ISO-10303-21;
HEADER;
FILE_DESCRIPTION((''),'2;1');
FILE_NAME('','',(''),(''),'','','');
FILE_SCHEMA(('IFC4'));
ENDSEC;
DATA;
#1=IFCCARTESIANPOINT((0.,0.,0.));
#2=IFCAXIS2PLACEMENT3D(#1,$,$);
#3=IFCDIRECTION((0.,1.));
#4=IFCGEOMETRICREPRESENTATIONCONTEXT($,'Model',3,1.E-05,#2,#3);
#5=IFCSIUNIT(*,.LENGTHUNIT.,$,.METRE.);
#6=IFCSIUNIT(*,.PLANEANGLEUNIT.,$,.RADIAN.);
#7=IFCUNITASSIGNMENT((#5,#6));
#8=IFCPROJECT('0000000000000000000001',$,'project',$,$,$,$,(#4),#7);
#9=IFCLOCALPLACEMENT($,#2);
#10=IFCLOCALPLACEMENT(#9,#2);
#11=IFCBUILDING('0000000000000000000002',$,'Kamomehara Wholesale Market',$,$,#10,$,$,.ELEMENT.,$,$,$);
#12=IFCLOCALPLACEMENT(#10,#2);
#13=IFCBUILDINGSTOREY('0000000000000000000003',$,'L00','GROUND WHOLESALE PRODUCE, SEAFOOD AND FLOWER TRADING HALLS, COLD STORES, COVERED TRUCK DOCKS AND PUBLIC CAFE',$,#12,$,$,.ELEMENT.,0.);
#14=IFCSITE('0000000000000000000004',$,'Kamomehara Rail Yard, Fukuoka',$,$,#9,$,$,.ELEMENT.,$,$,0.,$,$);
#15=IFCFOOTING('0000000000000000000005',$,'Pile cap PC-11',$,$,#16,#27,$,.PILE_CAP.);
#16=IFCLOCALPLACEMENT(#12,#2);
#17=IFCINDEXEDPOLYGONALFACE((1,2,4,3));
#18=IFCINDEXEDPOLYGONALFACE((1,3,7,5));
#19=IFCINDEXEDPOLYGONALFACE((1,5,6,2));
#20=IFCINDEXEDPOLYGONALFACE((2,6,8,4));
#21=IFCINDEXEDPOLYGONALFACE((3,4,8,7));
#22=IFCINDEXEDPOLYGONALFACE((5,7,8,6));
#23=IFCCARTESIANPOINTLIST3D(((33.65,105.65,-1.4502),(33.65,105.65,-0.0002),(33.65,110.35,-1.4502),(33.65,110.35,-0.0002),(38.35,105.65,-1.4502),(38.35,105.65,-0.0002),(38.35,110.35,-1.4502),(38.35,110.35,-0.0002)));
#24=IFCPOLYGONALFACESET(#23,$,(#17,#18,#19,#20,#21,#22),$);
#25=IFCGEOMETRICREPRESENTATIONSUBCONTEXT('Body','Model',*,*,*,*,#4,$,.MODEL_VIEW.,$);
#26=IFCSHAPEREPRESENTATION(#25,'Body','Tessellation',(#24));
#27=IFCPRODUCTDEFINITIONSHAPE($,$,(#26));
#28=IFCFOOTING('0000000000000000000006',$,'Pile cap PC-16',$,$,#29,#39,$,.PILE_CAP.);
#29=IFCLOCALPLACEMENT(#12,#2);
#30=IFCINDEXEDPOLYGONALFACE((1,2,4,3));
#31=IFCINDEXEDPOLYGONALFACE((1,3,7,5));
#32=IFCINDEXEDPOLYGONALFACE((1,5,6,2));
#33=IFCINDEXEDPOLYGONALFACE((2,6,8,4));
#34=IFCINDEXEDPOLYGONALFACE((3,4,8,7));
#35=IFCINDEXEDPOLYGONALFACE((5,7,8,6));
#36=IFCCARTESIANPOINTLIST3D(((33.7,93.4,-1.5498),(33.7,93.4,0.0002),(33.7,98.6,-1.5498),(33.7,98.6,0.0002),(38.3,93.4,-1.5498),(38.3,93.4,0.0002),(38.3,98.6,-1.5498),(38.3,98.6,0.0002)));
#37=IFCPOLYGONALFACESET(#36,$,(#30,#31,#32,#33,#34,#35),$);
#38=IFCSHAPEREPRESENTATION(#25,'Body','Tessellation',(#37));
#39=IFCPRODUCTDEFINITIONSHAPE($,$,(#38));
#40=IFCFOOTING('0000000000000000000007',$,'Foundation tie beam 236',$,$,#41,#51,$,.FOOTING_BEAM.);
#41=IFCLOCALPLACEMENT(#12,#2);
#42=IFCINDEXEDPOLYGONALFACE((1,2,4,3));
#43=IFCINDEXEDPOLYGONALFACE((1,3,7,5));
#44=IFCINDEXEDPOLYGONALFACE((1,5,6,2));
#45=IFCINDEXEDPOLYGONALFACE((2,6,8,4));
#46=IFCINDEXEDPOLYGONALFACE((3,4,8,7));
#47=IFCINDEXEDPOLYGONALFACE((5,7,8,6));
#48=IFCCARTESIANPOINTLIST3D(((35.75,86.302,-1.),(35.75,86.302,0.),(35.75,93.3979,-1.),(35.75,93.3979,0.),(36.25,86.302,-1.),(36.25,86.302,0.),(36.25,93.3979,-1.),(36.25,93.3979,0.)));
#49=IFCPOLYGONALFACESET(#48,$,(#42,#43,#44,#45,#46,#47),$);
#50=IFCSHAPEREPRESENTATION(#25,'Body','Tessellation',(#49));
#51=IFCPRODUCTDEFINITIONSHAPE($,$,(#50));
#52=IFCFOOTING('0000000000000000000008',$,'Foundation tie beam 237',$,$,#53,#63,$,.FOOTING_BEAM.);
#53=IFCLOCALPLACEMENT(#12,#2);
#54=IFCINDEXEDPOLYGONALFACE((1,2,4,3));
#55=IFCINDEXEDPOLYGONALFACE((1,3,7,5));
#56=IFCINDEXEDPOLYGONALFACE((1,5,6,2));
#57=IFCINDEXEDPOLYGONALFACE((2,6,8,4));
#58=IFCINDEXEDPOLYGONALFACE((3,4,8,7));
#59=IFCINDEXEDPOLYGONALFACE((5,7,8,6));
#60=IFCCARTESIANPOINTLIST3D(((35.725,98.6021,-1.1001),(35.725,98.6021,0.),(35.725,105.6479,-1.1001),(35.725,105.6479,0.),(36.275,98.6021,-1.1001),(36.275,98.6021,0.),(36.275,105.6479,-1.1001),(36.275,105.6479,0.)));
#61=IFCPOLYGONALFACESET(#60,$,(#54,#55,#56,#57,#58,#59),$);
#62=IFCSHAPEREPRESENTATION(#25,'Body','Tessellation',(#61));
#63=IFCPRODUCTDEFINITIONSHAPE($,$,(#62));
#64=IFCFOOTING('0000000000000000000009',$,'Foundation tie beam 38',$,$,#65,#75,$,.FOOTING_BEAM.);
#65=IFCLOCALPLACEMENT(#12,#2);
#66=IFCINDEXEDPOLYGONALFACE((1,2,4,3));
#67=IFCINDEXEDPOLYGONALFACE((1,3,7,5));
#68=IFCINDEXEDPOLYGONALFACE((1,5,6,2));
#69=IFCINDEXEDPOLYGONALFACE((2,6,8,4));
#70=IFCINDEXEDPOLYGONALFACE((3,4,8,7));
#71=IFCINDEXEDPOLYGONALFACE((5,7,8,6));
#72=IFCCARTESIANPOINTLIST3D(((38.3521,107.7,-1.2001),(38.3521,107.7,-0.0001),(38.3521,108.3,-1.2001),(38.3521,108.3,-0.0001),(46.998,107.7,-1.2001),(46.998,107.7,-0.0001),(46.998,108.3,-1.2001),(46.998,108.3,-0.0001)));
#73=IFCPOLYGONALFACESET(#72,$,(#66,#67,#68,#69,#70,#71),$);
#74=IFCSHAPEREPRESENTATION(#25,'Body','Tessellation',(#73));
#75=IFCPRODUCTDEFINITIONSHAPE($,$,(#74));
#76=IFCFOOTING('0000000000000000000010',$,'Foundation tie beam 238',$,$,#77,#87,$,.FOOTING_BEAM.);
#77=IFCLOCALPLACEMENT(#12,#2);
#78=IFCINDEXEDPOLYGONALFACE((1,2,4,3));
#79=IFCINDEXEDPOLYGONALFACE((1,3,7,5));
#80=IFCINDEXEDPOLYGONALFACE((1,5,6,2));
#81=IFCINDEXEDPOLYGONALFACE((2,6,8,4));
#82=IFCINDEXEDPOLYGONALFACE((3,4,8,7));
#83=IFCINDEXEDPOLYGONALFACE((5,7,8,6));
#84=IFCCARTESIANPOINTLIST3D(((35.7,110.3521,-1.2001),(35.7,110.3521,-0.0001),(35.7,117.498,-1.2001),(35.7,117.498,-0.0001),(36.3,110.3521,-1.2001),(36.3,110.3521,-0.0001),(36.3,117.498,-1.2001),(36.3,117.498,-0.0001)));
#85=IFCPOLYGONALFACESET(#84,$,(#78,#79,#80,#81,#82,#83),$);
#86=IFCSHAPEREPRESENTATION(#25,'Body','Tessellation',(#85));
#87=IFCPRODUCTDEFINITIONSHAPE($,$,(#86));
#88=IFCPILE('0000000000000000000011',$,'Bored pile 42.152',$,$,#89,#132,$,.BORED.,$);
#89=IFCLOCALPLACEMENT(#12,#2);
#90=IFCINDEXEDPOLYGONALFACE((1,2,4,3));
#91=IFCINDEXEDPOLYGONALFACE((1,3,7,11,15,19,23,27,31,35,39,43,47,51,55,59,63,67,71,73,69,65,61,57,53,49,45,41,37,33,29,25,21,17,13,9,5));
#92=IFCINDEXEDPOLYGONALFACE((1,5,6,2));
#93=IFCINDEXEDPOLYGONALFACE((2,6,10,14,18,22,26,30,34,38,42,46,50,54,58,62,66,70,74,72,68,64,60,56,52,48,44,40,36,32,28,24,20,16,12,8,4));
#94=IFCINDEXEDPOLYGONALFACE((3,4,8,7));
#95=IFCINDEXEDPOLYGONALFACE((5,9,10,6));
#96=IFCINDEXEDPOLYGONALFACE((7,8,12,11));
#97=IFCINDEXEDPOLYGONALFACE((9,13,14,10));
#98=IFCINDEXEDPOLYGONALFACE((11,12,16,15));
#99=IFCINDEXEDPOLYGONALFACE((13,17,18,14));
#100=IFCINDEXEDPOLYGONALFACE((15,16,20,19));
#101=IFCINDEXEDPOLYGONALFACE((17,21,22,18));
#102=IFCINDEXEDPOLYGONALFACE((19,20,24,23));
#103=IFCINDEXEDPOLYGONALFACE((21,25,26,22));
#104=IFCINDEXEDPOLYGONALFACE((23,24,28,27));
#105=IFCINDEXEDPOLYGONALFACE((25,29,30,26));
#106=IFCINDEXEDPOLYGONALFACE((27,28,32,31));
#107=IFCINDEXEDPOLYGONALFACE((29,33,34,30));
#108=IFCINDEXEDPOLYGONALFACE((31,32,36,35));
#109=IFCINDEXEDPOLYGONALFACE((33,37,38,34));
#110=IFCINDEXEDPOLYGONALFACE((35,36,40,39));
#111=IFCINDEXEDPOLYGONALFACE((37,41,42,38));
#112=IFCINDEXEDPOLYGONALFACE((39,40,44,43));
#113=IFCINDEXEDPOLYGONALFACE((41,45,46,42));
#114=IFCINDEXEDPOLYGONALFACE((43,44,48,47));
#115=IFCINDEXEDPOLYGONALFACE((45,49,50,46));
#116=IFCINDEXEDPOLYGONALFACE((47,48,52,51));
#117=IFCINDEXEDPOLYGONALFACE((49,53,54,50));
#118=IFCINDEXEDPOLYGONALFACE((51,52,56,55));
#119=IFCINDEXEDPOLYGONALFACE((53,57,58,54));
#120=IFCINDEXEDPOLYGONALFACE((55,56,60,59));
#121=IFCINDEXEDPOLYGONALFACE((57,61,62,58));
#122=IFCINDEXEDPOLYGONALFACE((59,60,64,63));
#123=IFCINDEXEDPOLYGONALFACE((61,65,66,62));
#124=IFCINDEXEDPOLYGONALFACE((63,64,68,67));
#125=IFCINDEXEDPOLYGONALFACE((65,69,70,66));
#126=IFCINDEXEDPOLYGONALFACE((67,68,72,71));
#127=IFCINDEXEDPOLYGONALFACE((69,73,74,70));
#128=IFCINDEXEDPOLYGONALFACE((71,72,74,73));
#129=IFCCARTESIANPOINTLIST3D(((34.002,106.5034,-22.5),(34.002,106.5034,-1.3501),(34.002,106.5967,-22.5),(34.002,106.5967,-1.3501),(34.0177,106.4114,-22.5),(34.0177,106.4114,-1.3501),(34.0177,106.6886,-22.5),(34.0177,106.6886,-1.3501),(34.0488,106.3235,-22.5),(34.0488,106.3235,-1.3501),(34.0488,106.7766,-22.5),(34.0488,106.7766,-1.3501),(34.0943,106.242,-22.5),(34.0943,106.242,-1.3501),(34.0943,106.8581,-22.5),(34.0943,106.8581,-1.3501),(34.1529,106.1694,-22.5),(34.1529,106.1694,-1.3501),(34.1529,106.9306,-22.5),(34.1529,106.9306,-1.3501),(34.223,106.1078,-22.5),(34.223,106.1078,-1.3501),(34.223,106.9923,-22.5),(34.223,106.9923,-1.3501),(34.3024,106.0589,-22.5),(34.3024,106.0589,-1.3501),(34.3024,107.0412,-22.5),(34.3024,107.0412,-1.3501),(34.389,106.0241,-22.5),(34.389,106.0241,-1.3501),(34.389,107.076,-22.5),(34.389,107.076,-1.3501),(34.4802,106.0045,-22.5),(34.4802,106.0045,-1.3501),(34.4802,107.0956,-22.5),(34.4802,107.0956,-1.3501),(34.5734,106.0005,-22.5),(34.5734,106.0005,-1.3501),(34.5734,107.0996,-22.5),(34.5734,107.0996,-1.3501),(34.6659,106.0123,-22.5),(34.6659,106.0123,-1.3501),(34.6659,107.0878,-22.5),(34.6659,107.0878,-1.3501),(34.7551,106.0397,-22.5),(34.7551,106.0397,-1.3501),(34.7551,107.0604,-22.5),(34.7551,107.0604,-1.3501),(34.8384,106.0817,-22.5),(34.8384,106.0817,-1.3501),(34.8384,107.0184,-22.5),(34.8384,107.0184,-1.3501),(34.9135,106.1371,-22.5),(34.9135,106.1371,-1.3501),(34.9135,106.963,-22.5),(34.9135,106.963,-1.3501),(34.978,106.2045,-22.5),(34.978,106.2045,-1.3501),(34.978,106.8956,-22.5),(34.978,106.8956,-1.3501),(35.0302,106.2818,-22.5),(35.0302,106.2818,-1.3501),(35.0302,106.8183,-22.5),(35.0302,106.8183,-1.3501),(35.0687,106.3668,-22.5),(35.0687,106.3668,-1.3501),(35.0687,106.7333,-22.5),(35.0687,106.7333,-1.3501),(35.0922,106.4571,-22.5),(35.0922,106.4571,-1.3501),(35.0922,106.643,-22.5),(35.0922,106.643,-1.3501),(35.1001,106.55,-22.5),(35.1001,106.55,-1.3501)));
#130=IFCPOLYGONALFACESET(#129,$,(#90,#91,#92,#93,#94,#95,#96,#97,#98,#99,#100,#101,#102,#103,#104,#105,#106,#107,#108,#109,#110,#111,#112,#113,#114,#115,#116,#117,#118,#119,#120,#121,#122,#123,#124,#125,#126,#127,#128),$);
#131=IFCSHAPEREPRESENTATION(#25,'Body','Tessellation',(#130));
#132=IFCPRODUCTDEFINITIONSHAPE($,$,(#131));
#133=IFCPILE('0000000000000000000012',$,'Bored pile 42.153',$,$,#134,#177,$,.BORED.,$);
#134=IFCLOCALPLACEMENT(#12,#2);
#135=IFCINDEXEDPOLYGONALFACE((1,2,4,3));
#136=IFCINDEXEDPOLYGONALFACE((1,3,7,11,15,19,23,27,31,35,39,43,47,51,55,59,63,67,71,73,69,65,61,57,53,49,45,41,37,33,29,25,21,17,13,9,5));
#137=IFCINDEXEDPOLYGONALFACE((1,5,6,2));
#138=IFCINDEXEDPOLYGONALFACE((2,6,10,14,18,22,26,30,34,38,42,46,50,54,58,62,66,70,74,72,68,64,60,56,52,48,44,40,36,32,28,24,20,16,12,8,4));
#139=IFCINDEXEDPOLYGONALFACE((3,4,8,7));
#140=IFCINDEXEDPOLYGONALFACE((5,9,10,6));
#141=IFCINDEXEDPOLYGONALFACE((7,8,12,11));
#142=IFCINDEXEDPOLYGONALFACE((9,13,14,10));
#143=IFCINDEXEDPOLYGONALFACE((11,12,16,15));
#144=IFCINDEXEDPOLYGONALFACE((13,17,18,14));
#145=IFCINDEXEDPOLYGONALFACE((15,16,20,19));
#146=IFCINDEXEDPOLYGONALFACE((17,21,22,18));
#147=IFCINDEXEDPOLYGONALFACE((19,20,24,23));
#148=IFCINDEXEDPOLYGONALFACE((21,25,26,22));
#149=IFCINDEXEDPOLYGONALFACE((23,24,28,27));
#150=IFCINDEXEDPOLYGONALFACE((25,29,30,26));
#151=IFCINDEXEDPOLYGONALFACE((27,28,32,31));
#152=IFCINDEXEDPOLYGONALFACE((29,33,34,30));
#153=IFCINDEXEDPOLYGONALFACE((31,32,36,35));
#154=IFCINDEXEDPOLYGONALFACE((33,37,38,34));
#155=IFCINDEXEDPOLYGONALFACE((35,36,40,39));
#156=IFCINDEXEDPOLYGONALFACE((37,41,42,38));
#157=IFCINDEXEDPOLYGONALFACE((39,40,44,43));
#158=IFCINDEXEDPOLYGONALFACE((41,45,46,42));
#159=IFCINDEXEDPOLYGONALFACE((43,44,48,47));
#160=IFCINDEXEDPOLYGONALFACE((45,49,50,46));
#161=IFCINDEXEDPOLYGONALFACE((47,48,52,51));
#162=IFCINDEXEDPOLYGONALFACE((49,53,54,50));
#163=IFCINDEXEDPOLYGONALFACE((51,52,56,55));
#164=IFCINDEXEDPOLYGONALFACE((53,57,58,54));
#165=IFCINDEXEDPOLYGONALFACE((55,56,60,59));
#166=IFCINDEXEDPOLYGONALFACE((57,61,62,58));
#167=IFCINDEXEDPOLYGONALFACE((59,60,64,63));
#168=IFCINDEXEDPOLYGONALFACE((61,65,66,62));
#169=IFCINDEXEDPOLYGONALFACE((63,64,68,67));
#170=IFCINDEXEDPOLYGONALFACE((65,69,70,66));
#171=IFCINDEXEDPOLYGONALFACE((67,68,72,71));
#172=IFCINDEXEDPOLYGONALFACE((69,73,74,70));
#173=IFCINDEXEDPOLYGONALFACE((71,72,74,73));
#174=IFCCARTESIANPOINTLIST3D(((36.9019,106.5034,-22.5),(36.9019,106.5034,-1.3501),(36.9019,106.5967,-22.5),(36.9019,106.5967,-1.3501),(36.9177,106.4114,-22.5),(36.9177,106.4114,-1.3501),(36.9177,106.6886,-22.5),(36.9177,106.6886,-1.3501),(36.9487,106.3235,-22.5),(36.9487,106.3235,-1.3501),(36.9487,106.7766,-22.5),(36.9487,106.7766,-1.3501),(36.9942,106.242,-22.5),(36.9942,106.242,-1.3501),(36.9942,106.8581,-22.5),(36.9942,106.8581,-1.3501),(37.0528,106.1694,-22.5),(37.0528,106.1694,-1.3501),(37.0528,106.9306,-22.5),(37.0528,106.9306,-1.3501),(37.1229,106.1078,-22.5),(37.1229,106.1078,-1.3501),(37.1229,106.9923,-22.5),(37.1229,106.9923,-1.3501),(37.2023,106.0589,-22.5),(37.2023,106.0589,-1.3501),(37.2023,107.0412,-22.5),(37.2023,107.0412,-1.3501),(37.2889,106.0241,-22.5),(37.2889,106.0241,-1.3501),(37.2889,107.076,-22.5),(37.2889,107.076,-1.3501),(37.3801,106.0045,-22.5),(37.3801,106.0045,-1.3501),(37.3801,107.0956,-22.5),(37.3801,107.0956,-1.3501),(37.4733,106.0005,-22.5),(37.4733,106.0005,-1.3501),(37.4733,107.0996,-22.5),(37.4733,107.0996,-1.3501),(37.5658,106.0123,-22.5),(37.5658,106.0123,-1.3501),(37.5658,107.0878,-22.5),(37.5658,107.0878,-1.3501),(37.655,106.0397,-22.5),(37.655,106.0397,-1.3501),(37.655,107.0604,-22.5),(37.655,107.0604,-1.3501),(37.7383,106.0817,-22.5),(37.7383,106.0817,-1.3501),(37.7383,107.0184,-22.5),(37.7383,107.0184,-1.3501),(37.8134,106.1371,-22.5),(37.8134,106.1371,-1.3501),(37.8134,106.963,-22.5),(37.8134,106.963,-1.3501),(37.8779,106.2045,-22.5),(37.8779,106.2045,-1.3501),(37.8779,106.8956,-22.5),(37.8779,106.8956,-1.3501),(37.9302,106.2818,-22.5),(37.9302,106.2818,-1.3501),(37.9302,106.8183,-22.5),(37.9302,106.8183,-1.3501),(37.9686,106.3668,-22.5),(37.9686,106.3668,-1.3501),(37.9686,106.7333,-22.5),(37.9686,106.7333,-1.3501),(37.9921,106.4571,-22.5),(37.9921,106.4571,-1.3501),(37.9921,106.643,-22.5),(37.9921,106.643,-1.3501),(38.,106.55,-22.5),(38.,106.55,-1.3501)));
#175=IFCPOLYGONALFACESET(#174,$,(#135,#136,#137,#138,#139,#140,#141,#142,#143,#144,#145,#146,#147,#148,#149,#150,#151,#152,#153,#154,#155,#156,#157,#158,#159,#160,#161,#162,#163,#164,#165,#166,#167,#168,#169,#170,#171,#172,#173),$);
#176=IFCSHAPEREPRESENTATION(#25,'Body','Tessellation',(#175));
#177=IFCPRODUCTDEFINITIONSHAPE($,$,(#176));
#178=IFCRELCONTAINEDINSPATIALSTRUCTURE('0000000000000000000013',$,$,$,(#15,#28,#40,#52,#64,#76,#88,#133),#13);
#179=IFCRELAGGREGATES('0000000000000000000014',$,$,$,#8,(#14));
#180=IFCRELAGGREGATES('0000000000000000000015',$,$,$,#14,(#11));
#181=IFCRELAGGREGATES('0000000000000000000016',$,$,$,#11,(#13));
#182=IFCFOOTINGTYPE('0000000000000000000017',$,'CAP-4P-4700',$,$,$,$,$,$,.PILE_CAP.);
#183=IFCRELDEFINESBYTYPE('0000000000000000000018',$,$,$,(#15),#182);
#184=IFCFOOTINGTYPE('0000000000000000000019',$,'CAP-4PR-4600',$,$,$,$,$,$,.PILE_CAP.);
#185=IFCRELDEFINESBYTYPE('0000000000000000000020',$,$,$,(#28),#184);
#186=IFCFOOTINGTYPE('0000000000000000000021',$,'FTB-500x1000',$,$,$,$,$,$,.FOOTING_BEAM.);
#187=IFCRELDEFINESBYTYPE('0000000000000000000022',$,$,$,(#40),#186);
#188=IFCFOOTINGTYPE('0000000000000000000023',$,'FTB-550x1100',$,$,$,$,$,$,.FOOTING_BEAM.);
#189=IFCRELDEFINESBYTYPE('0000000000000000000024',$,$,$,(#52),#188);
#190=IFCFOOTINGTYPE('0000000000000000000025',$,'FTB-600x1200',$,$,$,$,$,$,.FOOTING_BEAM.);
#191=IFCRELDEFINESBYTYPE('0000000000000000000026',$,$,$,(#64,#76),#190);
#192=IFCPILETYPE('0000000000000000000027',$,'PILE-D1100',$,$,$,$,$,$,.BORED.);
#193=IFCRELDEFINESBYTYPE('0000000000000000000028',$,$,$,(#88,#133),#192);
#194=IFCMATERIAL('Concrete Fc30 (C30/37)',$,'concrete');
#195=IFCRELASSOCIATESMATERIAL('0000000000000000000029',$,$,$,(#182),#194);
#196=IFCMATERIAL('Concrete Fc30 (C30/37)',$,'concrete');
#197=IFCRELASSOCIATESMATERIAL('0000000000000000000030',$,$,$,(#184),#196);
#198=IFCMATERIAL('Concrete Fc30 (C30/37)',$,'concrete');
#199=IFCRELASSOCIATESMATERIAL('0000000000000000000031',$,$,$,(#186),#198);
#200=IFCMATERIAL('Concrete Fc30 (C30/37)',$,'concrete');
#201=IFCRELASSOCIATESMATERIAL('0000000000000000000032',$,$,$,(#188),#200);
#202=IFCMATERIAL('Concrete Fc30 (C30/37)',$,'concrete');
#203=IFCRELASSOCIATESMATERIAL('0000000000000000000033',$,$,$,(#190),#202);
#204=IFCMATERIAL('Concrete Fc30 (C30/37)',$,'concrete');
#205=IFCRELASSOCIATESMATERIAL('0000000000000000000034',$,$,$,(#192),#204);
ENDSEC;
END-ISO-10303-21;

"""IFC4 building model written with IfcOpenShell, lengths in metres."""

from ifc_helpers import new_model, si_unit, direction, frame, origin, origin_2d, place, context, subcontext, project, spatial, rectangle, circle, extrude, material, material_profile, profile_set, type_object, element, save


model = new_model("IFC4")

# Units and contexts
model_context = context("Model", 3, precision=1e-05, world=origin(), true_north=direction((0.0, 1.0)))
body_context = subcontext(model_context, "Body", "Model", "MODEL_VIEW")
ifc_project = project(units=[si_unit("LENGTHUNIT", "METRE"), si_unit("PLANEANGLEUNIT", "RADIAN")], contexts=[model_context])

# Site, building, storey
site_placement = place(None, origin())
site = spatial("IfcSite", under=ifc_project, at=site_placement, Name="Kamomehara Rail Yard, Fukuoka", CompositionType="ELEMENT", RefElevation=0.0)
building_placement = place(site_placement, origin())
building = spatial("IfcBuilding", under=site, at=building_placement, Name="Kamomehara Wholesale Market", CompositionType="ELEMENT")
storey_placement = place(building_placement, origin())
storey = spatial("IfcBuildingStorey", under=building, at=storey_placement, Name="L00", Description="GROUND WHOLESALE PRODUCE, SEAFOOD AND FLOWER TRADING HALLS, COLD STORES, COVERED TRUCK DOCKS AND PUBLIC CAFE", CompositionType="ELEMENT", Elevation=0.0)

# Footings
ifc_material_1 = material(Name="Concrete Fc30 (C30/37)", Category="concrete")
footing_type_1 = type_object("IfcFootingType", Name="CAP-4P-4700", PredefinedType="PILE_CAP", material=ifc_material_1)
footing_1_placement = place(storey_placement, frame((36.0, 108.0, -1.4502), z_axis=(0.0, 0.0, 1.0), x_axis=(1.0, 0.0, 0.0)))
element("IfcFooting", 1, at=footing_1_placement, inside=storey, type_object=footing_type_1, Name="Pile cap PC-11", PredefinedType="PILE_CAP", context=body_context, shape_type="SweptSolid", body=[
    extrude(rectangle(XDim=4.7, YDim=4.7, at=origin_2d()), origin(), (0.0, 0.0, 1.0), 1.45),
])
ifc_material_2 = material(Name="Concrete Fc30 (C30/37)", Category="concrete")
footing_type_2 = type_object("IfcFootingType", Name="CAP-4PR-4600", PredefinedType="PILE_CAP", material=ifc_material_2)
footing_2_placement = place(storey_placement, frame((36.0, 96.0, -1.5498), z_axis=(0.0, 0.0, 1.0), x_axis=(1.0, 0.0, 0.0)))
element("IfcFooting", 2, at=footing_2_placement, inside=storey, type_object=footing_type_2, Name="Pile cap PC-16", PredefinedType="PILE_CAP", context=body_context, shape_type="SweptSolid", body=[
    extrude(rectangle(XDim=4.6001, YDim=5.2, at=origin_2d()), origin(), (0.0, 0.0, 1.0), 1.55),
])
ifc_material_3 = material(Name="Concrete Fc30 (C30/37)", Category="concrete")
ifc_material_profile_1 = material_profile(ifc_material_3, rectangle(XDim=0.5, YDim=1.0, at=origin_2d()), Name="RC-FTB-500x1000")
ifc_profile_set_1 = profile_set([ifc_material_profile_1], Name="Concrete Fc30 (C30/37)")
footing_type_3 = type_object("IfcFootingType", Name="FTB-500x1000", PredefinedType="FOOTING_BEAM", material=ifc_profile_set_1)
footing_3_placement = place(storey_placement, frame((36.0, 86.302, -0.5), z_axis=(0.0, 1.0, 0.0), x_axis=(-1.0, 0.0, 0.0)))
element("IfcFooting", 3, at=footing_3_placement, inside=storey, type_object=footing_type_3, Name="Foundation tie beam 236", PredefinedType="FOOTING_BEAM", context=body_context, shape_type="SweptSolid", body=[
    extrude(rectangle(XDim=0.5, YDim=1.0, at=origin_2d()), origin(), (0.0, 0.0, 1.0), 7.0959),
])
ifc_material_4 = material(Name="Concrete Fc30 (C30/37)", Category="concrete")
ifc_material_profile_2 = material_profile(ifc_material_4, rectangle(XDim=0.55, YDim=1.1001, at=origin_2d()), Name="RC-FTB-550x1100")
ifc_profile_set_2 = profile_set([ifc_material_profile_2], Name="Concrete Fc30 (C30/37)")
footing_type_4 = type_object("IfcFootingType", Name="FTB-550x1100", PredefinedType="FOOTING_BEAM", material=ifc_profile_set_2)
footing_4_placement = place(storey_placement, frame((36.0, 98.6021, -0.55), z_axis=(0.0, 1.0, 0.0), x_axis=(-1.0, 0.0, 0.0)))
element("IfcFooting", 4, at=footing_4_placement, inside=storey, type_object=footing_type_4, Name="Foundation tie beam 237", PredefinedType="FOOTING_BEAM", context=body_context, shape_type="SweptSolid", body=[
    extrude(rectangle(XDim=0.55, YDim=1.1001, at=origin_2d()), origin(), (0.0, 0.0, 1.0), 7.0459),
])
ifc_material_5 = material(Name="Concrete Fc30 (C30/37)", Category="concrete")
ifc_material_profile_3 = material_profile(ifc_material_5, rectangle(XDim=0.6001, YDim=1.2, at=origin_2d()), Name="RC-FTB-600x1200")
ifc_profile_set_3 = profile_set([ifc_material_profile_3], Name="Concrete Fc30 (C30/37)")
footing_type_5 = type_object("IfcFootingType", Name="FTB-600x1200", PredefinedType="FOOTING_BEAM", material=ifc_profile_set_3)
footing_5_placement = place(storey_placement, frame((38.3521, 108.0, -0.6001), z_axis=(1.0, 0.0, 0.0), x_axis=(0.0, 1.0, 0.0)))
element("IfcFooting", 5, at=footing_5_placement, inside=storey, type_object=footing_type_5, Name="Foundation tie beam 38", PredefinedType="FOOTING_BEAM", context=body_context, shape_type="SweptSolid", body=[
    extrude(rectangle(XDim=0.6001, YDim=1.2, at=origin_2d()), origin(), (0.0, 0.0, 1.0), 8.646),
])
footing_6_placement = place(storey_placement, frame((36.0, 110.3521, -0.6001), z_axis=(0.0, 1.0, 0.0), x_axis=(-1.0, 0.0, 0.0)))
element("IfcFooting", 6, at=footing_6_placement, inside=storey, type_object=footing_type_5, Name="Foundation tie beam 238", PredefinedType="FOOTING_BEAM", context=body_context, shape_type="SweptSolid", body=[
    extrude(rectangle(XDim=0.6001, YDim=1.2, at=origin_2d()), origin(), (0.0, 0.0, 1.0), 7.146),
])

# Piles
ifc_material_6 = material(Name="Concrete Fc30 (C30/37)", Category="concrete")
ifc_material_profile_4 = material_profile(ifc_material_6, circle(Radius=0.55, at=origin_2d()), Name="RC-PILE-D1100")
ifc_profile_set_4 = profile_set([ifc_material_profile_4], Name="Concrete Fc30 (C30/37)")
pile_type_1 = type_object("IfcPileType", Name="PILE-D1100", PredefinedType="BORED", material=ifc_profile_set_4)
for number, where, z_axis, x_axis, name in (
    (7, (34.55, 106.55, -1.3501), (0.0, 0.0, -1.0), (1.0, 0.0, 0.0), "Bored pile 42.152"),
    (8, (37.45, 106.55, -1.3501), (0.0, 0.0, -1.0), (1.0, 0.0, 0.0), "Bored pile 42.153"),
):
    element("IfcPile", number, at=place(storey_placement, frame(where, z_axis=z_axis, x_axis=x_axis)), inside=storey, type_object=pile_type_1, Name=name, PredefinedType="BORED", context=body_context, shape_type="SweptSolid", body=[
        extrude(circle(Radius=0.55, at=origin_2d()), origin(), (0.0, 0.0, 1.0), 21.1499),
    ])

save(model, "model.ifc")
